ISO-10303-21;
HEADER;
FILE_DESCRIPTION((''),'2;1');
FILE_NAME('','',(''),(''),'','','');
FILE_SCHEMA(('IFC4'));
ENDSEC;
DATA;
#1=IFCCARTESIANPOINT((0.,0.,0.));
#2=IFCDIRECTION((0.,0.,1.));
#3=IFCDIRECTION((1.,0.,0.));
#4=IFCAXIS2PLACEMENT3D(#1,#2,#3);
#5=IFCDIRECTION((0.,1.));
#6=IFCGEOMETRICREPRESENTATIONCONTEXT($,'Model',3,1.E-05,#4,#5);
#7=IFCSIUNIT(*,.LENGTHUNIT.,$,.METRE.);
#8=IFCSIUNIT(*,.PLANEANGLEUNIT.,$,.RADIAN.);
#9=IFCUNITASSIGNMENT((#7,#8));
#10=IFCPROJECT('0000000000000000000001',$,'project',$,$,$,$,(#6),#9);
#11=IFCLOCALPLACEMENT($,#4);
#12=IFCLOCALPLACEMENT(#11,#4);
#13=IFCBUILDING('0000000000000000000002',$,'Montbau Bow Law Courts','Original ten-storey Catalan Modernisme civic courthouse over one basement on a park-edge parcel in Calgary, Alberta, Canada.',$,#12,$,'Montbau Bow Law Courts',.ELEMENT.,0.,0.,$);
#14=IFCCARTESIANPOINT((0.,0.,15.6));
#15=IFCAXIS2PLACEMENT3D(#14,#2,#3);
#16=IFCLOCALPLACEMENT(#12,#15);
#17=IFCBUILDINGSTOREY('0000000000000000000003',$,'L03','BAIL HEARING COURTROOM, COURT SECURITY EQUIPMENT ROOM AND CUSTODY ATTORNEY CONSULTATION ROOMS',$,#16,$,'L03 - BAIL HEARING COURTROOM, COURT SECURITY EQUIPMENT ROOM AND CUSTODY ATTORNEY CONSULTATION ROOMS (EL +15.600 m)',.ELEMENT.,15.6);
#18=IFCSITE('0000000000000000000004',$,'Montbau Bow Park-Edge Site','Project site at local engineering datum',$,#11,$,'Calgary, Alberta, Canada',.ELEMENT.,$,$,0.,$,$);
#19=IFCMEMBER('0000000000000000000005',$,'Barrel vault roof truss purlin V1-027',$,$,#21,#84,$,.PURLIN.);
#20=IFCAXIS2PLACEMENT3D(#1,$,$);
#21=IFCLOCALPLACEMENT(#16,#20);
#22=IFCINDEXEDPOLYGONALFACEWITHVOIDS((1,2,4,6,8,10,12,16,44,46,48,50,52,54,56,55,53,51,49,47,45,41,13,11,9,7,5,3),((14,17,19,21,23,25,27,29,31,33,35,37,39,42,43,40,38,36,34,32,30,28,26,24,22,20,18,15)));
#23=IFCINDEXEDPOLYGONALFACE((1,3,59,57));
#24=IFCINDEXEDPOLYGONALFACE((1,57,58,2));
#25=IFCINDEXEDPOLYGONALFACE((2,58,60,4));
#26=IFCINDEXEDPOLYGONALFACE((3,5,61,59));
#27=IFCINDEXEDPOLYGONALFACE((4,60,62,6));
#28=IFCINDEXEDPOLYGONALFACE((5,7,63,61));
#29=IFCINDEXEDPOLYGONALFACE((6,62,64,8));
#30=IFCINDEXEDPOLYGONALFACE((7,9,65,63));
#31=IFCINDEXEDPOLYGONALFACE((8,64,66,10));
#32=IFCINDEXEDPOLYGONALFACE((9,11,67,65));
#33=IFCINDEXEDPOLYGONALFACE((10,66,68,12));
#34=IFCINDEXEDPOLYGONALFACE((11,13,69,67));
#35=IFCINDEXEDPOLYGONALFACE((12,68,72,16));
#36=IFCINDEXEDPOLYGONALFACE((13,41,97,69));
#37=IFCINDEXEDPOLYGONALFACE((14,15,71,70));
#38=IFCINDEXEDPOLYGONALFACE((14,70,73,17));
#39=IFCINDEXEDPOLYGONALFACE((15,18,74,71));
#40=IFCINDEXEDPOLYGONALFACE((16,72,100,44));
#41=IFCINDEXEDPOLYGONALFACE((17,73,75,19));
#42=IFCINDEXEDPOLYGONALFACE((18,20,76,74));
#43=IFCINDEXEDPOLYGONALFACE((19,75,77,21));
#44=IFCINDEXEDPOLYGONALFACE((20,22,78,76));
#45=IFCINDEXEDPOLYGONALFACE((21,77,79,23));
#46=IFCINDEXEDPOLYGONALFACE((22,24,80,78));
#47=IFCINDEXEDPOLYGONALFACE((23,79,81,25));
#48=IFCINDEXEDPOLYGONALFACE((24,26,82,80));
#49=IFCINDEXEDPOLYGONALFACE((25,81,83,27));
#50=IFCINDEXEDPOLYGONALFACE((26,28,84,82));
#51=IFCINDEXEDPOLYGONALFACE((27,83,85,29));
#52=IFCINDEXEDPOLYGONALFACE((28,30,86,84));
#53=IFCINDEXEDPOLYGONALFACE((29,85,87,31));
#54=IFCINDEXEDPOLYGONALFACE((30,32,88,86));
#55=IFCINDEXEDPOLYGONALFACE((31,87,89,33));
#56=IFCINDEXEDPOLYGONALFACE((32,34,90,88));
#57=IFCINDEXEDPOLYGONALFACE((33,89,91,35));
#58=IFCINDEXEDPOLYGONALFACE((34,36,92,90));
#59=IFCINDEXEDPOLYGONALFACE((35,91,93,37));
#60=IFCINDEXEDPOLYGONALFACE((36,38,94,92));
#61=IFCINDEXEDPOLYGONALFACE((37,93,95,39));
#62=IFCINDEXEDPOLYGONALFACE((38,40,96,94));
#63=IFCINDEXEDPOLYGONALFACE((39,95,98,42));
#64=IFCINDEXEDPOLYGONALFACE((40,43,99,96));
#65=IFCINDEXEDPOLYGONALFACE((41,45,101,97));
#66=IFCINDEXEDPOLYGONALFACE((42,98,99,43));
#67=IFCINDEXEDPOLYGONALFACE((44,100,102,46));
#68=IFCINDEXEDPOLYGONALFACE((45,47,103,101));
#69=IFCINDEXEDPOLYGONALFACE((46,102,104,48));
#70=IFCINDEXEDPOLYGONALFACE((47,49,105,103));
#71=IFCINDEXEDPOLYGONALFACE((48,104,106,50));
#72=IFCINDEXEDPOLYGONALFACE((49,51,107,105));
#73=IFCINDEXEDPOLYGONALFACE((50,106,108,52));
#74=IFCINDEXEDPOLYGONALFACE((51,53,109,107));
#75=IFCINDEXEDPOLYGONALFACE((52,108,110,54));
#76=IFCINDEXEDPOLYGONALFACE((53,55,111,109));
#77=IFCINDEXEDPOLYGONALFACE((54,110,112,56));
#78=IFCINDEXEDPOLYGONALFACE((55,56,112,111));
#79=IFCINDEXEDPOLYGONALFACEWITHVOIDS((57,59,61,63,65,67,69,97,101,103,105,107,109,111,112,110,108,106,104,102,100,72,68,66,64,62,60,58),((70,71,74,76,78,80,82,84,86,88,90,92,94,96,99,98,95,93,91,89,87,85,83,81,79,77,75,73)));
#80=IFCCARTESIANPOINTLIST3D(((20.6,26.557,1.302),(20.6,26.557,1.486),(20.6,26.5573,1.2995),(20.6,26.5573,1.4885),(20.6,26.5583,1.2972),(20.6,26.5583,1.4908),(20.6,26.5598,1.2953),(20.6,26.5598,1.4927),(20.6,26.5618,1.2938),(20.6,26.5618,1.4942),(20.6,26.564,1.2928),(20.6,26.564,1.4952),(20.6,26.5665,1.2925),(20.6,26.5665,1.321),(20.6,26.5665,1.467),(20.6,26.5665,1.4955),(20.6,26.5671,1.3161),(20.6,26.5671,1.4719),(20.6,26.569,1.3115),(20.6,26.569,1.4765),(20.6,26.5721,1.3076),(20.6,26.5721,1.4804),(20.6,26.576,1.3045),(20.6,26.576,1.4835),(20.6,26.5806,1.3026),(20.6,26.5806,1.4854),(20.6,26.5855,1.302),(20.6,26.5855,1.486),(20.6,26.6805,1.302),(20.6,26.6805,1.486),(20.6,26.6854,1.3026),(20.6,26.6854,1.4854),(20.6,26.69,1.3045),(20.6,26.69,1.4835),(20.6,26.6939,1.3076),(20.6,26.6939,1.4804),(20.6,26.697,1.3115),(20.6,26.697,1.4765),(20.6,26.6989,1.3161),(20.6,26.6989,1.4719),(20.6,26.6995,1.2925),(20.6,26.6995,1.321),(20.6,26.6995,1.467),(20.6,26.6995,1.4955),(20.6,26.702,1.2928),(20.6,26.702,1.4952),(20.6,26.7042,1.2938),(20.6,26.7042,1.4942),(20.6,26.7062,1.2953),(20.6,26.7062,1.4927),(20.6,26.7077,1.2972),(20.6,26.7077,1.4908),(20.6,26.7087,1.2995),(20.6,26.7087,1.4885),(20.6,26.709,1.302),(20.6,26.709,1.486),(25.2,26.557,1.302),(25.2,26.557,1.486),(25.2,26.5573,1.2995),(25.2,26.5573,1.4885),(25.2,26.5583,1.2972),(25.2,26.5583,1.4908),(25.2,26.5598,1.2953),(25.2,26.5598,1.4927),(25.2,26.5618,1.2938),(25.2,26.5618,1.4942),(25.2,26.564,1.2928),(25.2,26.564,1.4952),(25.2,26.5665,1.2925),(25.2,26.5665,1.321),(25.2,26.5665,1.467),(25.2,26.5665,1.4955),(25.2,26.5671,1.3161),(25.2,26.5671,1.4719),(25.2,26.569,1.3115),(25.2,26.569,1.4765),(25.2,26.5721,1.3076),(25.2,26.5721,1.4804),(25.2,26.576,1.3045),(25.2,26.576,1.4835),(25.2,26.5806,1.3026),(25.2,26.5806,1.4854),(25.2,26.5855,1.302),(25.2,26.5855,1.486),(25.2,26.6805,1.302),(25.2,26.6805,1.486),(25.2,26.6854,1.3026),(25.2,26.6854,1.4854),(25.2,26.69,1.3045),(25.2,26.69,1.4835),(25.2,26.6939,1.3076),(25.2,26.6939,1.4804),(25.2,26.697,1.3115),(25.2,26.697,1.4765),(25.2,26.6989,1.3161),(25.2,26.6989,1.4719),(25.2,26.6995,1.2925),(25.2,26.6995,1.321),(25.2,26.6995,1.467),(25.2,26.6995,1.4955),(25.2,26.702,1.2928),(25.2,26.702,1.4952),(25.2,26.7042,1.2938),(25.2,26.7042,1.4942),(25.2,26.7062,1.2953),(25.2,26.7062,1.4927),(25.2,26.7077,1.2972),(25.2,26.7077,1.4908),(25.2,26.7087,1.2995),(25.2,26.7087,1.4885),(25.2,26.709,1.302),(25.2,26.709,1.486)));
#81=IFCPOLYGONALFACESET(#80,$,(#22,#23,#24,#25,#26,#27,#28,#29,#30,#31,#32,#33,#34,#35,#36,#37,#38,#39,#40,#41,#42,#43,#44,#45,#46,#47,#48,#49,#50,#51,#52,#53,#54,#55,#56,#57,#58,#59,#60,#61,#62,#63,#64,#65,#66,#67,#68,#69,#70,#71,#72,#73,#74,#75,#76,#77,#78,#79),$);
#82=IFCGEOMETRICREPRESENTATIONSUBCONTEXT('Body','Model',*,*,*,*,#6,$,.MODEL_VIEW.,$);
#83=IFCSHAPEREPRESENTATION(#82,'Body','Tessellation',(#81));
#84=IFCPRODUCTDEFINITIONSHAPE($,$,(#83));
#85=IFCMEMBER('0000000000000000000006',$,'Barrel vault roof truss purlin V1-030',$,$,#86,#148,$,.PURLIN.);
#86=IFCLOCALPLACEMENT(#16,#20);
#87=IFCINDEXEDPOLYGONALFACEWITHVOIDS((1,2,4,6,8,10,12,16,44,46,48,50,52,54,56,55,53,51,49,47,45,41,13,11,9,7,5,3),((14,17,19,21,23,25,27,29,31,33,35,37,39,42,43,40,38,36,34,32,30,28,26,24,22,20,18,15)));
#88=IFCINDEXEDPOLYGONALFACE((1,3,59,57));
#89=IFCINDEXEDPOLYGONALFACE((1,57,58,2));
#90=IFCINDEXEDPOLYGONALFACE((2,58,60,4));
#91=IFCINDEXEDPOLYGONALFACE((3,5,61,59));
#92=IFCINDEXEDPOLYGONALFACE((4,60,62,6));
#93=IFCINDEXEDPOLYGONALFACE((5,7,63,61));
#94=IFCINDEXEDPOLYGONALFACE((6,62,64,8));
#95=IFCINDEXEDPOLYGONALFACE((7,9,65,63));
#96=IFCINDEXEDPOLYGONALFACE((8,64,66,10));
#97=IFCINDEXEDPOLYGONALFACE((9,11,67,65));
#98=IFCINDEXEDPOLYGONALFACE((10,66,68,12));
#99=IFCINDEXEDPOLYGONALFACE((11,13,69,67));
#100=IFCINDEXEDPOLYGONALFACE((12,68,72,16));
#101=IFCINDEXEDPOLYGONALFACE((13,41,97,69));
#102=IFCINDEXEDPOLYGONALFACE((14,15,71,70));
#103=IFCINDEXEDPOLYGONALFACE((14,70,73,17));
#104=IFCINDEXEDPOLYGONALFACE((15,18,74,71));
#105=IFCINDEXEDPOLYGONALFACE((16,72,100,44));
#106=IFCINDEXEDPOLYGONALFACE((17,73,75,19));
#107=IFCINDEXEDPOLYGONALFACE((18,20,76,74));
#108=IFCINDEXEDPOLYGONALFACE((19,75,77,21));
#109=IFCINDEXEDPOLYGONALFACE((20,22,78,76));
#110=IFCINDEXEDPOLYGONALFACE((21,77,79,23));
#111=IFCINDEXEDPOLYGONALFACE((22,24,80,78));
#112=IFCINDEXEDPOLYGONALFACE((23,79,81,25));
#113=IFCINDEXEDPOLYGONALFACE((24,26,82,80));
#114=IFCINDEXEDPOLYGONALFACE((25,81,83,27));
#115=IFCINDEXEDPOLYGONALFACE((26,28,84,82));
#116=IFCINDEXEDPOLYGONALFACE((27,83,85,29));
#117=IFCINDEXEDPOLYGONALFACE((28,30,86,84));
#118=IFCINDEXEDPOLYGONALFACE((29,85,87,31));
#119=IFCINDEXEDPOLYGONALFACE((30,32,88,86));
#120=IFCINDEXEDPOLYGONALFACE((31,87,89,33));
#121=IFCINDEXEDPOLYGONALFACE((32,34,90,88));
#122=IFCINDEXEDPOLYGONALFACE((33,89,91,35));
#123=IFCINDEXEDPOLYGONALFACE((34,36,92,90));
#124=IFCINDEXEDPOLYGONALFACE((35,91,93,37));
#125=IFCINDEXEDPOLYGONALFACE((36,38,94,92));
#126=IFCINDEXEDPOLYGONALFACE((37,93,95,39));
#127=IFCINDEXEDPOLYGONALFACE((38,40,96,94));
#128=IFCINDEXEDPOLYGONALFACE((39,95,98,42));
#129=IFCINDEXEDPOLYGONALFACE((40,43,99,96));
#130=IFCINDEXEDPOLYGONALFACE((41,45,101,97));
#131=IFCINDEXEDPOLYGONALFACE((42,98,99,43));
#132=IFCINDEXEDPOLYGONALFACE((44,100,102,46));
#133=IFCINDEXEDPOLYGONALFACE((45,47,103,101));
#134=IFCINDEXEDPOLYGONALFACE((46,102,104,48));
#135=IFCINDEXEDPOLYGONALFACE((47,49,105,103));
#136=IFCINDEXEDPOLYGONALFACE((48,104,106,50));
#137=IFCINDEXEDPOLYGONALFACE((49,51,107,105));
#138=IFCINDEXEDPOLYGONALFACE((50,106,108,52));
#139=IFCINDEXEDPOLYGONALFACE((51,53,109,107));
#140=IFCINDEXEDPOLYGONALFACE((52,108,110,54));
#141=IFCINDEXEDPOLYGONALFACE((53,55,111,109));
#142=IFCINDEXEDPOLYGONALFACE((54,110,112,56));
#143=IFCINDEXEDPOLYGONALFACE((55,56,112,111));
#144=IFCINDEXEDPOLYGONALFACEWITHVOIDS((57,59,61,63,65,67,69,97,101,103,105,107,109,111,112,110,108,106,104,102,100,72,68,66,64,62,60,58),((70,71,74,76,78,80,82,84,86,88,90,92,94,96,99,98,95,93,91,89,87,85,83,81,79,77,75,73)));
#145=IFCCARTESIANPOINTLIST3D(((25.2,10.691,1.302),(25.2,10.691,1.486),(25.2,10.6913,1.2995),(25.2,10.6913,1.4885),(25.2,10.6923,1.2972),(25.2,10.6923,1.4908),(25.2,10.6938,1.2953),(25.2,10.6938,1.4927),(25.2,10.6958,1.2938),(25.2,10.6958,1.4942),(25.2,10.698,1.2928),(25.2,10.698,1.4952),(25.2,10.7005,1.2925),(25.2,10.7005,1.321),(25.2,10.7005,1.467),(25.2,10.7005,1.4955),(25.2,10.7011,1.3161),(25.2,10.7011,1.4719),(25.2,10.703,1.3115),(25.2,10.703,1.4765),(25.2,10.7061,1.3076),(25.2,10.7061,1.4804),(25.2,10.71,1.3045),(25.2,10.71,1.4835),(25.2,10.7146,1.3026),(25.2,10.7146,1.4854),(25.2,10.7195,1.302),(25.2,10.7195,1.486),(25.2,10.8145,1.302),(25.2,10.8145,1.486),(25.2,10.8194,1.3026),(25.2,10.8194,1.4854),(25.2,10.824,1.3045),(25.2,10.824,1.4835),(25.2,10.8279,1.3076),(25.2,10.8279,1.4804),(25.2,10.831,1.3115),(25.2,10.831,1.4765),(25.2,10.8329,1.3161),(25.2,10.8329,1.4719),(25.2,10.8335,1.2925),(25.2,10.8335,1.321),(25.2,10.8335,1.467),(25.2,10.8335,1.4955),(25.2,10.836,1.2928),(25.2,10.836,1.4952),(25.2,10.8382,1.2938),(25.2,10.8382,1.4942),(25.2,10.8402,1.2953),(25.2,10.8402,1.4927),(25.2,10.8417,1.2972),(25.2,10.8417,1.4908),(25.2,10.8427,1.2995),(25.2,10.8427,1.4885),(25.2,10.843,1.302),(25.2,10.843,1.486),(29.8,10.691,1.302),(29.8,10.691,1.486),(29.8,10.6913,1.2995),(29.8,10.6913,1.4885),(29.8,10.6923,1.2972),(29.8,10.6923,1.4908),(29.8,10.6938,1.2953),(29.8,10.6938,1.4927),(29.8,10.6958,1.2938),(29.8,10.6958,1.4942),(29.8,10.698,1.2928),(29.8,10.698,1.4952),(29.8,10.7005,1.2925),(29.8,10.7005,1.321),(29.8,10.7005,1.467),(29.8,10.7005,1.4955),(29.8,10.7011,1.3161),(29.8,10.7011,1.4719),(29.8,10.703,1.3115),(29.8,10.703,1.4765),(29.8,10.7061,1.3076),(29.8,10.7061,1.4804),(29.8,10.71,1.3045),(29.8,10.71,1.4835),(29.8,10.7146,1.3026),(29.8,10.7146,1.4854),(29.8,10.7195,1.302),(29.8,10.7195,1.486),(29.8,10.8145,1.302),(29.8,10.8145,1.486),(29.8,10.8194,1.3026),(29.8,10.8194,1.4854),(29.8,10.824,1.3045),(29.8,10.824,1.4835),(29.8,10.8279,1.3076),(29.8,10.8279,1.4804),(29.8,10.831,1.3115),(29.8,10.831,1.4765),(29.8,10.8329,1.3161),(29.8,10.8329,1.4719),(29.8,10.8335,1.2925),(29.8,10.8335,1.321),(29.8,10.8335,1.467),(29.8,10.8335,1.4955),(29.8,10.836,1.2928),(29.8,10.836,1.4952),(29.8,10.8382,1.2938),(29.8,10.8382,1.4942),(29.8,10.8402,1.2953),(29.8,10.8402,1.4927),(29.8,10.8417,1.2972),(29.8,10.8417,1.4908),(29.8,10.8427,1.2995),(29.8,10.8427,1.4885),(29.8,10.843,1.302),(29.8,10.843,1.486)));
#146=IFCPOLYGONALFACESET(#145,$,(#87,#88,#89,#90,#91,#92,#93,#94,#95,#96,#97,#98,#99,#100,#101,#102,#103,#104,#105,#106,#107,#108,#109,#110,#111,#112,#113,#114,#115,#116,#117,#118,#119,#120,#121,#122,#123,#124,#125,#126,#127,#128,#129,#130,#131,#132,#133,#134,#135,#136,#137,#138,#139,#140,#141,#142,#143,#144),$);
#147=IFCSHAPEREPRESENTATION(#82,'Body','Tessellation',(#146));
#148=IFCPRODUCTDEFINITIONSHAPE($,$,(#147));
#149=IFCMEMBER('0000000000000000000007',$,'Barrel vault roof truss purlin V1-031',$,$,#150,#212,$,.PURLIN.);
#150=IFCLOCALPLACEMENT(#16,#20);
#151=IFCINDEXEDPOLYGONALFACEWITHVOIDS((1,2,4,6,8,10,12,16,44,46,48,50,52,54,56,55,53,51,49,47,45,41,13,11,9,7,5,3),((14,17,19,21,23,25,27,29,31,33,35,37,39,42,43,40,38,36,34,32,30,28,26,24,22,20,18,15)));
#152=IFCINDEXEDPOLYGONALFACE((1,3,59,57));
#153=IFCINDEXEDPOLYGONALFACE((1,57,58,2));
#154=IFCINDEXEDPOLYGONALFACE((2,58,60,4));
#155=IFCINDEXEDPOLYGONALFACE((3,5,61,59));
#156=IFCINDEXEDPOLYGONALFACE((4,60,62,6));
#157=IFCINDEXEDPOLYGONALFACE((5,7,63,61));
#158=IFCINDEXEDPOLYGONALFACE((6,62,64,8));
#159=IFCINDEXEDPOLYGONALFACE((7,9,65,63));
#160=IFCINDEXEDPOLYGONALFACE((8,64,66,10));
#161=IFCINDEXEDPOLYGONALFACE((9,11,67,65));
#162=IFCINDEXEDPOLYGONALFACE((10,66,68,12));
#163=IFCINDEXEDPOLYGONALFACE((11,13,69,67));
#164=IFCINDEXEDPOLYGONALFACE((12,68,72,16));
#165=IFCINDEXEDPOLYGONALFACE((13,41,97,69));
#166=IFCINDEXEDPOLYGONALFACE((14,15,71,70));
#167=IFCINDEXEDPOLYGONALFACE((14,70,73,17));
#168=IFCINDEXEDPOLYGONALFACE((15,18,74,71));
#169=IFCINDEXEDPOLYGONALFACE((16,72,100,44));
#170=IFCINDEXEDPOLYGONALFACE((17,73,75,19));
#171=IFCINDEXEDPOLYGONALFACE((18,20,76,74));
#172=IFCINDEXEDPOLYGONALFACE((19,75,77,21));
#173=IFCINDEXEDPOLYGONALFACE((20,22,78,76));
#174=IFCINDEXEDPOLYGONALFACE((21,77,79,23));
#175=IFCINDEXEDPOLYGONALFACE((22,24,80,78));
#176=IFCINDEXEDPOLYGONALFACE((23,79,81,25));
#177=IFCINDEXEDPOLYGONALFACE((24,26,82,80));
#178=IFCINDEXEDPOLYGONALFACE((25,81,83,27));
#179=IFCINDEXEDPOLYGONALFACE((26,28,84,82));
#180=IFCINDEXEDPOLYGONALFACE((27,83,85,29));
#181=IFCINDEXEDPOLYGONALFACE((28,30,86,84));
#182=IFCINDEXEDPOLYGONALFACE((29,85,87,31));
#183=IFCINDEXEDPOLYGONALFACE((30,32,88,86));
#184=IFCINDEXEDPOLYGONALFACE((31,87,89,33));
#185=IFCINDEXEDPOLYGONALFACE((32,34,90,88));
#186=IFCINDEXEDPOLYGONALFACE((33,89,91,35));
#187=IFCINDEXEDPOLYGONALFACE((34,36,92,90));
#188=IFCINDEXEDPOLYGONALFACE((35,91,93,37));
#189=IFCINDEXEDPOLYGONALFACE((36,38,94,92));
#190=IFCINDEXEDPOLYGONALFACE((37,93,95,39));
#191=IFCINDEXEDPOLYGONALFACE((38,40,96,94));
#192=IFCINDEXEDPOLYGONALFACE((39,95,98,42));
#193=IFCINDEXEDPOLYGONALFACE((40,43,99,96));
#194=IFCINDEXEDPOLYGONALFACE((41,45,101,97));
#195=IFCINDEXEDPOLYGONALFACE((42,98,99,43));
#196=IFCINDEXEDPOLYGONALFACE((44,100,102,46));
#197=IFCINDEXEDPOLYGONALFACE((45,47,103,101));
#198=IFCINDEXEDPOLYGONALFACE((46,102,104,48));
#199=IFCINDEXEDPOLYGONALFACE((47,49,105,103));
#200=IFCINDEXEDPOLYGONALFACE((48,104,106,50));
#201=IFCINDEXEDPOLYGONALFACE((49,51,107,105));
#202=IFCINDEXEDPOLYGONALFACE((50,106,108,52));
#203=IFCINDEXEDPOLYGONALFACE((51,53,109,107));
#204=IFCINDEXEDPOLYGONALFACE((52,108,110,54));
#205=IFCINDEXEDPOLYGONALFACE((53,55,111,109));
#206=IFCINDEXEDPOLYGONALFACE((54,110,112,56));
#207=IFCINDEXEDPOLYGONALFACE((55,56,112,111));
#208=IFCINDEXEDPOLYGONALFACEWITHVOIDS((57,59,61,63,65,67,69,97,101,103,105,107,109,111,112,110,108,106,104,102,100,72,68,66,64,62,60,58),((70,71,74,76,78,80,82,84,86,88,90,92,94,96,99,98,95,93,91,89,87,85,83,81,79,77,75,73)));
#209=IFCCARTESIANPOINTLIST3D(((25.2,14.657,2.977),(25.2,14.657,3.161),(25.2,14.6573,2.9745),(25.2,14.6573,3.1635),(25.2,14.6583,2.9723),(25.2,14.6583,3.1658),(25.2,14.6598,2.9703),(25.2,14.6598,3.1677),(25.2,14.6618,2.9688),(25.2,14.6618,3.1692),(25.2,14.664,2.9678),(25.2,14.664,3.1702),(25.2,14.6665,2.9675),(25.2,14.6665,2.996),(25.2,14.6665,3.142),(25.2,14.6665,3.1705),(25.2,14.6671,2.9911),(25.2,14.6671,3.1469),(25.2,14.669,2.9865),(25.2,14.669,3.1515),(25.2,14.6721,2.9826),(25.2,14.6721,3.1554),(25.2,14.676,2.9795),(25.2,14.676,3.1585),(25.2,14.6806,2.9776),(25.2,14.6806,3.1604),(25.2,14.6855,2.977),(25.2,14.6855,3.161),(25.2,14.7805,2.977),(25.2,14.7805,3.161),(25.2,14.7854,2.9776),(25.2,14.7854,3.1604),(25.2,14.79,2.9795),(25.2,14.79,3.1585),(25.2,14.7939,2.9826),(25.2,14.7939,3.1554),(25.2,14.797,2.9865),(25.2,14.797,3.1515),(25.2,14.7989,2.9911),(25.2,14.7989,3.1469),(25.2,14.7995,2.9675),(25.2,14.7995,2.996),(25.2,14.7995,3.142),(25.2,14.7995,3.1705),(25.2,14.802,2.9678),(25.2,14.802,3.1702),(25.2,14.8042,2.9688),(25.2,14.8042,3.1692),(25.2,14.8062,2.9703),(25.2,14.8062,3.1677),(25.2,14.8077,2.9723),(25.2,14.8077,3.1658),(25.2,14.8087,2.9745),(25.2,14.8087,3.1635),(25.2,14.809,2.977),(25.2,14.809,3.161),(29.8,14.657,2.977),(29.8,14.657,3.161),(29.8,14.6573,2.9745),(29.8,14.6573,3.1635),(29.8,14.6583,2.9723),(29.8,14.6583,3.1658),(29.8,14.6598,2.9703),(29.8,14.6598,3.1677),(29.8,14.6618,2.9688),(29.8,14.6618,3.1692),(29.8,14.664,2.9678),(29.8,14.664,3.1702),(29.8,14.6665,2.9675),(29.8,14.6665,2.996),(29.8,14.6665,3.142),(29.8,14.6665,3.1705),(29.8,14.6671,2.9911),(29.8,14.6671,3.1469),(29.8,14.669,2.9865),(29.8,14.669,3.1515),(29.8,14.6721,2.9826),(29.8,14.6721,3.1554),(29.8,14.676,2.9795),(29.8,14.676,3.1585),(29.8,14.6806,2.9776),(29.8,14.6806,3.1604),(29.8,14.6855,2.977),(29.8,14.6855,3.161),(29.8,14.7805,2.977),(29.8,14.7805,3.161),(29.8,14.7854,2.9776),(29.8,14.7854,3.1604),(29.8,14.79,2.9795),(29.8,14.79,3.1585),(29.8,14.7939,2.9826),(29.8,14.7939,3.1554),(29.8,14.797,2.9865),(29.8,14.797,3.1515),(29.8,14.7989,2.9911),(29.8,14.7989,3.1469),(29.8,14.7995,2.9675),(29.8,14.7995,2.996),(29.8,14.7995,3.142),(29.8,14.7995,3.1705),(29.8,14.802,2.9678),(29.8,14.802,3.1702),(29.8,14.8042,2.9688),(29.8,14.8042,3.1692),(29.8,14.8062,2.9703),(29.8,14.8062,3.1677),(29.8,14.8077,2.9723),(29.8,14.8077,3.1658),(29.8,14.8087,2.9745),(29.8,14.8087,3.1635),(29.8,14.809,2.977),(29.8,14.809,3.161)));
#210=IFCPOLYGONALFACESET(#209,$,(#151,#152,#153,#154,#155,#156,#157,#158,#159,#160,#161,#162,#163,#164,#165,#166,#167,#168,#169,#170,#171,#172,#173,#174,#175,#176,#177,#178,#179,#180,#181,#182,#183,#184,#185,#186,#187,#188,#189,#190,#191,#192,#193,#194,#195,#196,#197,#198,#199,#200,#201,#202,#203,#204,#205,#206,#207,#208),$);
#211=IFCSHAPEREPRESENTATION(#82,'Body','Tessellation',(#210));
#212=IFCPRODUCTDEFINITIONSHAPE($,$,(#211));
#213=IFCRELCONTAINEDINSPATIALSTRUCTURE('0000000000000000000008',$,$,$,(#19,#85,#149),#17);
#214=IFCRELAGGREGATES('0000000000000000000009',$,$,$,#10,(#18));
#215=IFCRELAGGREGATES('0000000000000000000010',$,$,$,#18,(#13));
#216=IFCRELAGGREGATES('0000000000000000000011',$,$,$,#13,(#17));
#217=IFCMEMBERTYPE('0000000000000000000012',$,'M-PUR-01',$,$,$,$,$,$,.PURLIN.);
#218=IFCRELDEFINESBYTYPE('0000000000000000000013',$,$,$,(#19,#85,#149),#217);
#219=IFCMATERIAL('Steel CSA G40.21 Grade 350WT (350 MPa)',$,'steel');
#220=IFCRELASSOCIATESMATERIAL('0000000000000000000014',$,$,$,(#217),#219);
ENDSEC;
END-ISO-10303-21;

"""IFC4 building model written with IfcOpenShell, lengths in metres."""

from ifc_helpers import new_model, si_unit, direction, frame, origin_with_axes, origin_2d_with_axis, place, context, subcontext, project, spatial, hollow_rectangle, extrude, material, material_profile, profile_set, type_object, element, save


model = new_model("IFC4")

# Units and contexts
model_context = context("Model", 3, precision=1e-05, world=origin_with_axes(), true_north=direction((0.0, 1.0)))
body_context = subcontext(model_context, "Body", "Model", "MODEL_VIEW")
ifc_project = project(units=[si_unit("LENGTHUNIT", "METRE"), si_unit("PLANEANGLEUNIT", "RADIAN")], contexts=[model_context])

# Site, building, storey
site_placement = place(None, origin_with_axes())
site = spatial("IfcSite", under=ifc_project, at=site_placement, Name="Montbau Bow Park-Edge Site", Description="Project site at local engineering datum", LongName="Calgary, Alberta, Canada", CompositionType="ELEMENT", RefElevation=0.0)
building_placement = place(site_placement, origin_with_axes())
building = spatial("IfcBuilding", under=site, at=building_placement, Name="Montbau Bow Law Courts", Description="Original ten-storey Catalan Modernisme civic courthouse over one basement on a park-edge parcel in Calgary, Alberta, Canada.", LongName="Montbau Bow Law Courts", CompositionType="ELEMENT", ElevationOfRefHeight=0.0, ElevationOfTerrain=0.0)
storey_placement = place(building_placement, frame((0.0, 0.0, 15.6), z_axis=(0.0, 0.0, 1.0), x_axis=(1.0, 0.0, 0.0)))
storey = spatial("IfcBuildingStorey", under=building, at=storey_placement, Name="L03", Description="BAIL HEARING COURTROOM, COURT SECURITY EQUIPMENT ROOM AND CUSTODY ATTORNEY CONSULTATION ROOMS", LongName="L03 - BAIL HEARING COURTROOM, COURT SECURITY EQUIPMENT ROOM AND CUSTODY ATTORNEY CONSULTATION ROOMS (EL +15.600 m)", CompositionType="ELEMENT", Elevation=15.6)

# Shared definitions
ifc_material_1 = material(Name="Steel CSA G40.21 Grade 350WT (350 MPa)", Category="steel")

# Members
ifc_material_profile_1 = material_profile(ifc_material_1, hollow_rectangle(XDim=0.152, YDim=0.203, WallThickness=0.0095, InnerFilletRadius=0.019, OuterFilletRadius=0.0095, at=origin_2d_with_axis()), Name="HSS203X152X9.5", Category="Main", Priority=0)
ifc_profile_set_1 = profile_set([ifc_material_profile_1], Name="Steel CSA G40.21 Grade 350WT (350 MPa)")
member_type = type_object("IfcMemberType", Name="M-PUR-01", PredefinedType="PURLIN", material=ifc_profile_set_1)
for number, where, z_axis, x_axis, name in (
    (1, (20.6, 26.633, 16.994), (1.0, 0.0, 0.0), (0.0, 1.0, 0.0), "Barrel vault roof truss purlin V1-027"),
    (2, (25.2, 10.767, 16.994), (1.0, 0.0, 0.0), (0.0, 1.0, 0.0), "Barrel vault roof truss purlin V1-030"),
    (3, (25.2, 14.733, 18.669), (1.0, 0.0, 0.0), (0.0, 1.0, 0.0), "Barrel vault roof truss purlin V1-031"),
):
    element("IfcMember", number, at=place(None, frame(where, z_axis=z_axis, x_axis=x_axis)), inside=storey, type_object=member_type, Name=name, PredefinedType="PURLIN", context=body_context, shape_type="SweptSolid", body=[
        extrude(hollow_rectangle(XDim=0.152, YDim=0.203, WallThickness=0.0095, InnerFilletRadius=0.019, OuterFilletRadius=0.0095, at=origin_2d_with_axis()), origin_with_axes(), (0.0, 0.0, 1.0), 4.6),
    ])

save(model, "model.ifc")
